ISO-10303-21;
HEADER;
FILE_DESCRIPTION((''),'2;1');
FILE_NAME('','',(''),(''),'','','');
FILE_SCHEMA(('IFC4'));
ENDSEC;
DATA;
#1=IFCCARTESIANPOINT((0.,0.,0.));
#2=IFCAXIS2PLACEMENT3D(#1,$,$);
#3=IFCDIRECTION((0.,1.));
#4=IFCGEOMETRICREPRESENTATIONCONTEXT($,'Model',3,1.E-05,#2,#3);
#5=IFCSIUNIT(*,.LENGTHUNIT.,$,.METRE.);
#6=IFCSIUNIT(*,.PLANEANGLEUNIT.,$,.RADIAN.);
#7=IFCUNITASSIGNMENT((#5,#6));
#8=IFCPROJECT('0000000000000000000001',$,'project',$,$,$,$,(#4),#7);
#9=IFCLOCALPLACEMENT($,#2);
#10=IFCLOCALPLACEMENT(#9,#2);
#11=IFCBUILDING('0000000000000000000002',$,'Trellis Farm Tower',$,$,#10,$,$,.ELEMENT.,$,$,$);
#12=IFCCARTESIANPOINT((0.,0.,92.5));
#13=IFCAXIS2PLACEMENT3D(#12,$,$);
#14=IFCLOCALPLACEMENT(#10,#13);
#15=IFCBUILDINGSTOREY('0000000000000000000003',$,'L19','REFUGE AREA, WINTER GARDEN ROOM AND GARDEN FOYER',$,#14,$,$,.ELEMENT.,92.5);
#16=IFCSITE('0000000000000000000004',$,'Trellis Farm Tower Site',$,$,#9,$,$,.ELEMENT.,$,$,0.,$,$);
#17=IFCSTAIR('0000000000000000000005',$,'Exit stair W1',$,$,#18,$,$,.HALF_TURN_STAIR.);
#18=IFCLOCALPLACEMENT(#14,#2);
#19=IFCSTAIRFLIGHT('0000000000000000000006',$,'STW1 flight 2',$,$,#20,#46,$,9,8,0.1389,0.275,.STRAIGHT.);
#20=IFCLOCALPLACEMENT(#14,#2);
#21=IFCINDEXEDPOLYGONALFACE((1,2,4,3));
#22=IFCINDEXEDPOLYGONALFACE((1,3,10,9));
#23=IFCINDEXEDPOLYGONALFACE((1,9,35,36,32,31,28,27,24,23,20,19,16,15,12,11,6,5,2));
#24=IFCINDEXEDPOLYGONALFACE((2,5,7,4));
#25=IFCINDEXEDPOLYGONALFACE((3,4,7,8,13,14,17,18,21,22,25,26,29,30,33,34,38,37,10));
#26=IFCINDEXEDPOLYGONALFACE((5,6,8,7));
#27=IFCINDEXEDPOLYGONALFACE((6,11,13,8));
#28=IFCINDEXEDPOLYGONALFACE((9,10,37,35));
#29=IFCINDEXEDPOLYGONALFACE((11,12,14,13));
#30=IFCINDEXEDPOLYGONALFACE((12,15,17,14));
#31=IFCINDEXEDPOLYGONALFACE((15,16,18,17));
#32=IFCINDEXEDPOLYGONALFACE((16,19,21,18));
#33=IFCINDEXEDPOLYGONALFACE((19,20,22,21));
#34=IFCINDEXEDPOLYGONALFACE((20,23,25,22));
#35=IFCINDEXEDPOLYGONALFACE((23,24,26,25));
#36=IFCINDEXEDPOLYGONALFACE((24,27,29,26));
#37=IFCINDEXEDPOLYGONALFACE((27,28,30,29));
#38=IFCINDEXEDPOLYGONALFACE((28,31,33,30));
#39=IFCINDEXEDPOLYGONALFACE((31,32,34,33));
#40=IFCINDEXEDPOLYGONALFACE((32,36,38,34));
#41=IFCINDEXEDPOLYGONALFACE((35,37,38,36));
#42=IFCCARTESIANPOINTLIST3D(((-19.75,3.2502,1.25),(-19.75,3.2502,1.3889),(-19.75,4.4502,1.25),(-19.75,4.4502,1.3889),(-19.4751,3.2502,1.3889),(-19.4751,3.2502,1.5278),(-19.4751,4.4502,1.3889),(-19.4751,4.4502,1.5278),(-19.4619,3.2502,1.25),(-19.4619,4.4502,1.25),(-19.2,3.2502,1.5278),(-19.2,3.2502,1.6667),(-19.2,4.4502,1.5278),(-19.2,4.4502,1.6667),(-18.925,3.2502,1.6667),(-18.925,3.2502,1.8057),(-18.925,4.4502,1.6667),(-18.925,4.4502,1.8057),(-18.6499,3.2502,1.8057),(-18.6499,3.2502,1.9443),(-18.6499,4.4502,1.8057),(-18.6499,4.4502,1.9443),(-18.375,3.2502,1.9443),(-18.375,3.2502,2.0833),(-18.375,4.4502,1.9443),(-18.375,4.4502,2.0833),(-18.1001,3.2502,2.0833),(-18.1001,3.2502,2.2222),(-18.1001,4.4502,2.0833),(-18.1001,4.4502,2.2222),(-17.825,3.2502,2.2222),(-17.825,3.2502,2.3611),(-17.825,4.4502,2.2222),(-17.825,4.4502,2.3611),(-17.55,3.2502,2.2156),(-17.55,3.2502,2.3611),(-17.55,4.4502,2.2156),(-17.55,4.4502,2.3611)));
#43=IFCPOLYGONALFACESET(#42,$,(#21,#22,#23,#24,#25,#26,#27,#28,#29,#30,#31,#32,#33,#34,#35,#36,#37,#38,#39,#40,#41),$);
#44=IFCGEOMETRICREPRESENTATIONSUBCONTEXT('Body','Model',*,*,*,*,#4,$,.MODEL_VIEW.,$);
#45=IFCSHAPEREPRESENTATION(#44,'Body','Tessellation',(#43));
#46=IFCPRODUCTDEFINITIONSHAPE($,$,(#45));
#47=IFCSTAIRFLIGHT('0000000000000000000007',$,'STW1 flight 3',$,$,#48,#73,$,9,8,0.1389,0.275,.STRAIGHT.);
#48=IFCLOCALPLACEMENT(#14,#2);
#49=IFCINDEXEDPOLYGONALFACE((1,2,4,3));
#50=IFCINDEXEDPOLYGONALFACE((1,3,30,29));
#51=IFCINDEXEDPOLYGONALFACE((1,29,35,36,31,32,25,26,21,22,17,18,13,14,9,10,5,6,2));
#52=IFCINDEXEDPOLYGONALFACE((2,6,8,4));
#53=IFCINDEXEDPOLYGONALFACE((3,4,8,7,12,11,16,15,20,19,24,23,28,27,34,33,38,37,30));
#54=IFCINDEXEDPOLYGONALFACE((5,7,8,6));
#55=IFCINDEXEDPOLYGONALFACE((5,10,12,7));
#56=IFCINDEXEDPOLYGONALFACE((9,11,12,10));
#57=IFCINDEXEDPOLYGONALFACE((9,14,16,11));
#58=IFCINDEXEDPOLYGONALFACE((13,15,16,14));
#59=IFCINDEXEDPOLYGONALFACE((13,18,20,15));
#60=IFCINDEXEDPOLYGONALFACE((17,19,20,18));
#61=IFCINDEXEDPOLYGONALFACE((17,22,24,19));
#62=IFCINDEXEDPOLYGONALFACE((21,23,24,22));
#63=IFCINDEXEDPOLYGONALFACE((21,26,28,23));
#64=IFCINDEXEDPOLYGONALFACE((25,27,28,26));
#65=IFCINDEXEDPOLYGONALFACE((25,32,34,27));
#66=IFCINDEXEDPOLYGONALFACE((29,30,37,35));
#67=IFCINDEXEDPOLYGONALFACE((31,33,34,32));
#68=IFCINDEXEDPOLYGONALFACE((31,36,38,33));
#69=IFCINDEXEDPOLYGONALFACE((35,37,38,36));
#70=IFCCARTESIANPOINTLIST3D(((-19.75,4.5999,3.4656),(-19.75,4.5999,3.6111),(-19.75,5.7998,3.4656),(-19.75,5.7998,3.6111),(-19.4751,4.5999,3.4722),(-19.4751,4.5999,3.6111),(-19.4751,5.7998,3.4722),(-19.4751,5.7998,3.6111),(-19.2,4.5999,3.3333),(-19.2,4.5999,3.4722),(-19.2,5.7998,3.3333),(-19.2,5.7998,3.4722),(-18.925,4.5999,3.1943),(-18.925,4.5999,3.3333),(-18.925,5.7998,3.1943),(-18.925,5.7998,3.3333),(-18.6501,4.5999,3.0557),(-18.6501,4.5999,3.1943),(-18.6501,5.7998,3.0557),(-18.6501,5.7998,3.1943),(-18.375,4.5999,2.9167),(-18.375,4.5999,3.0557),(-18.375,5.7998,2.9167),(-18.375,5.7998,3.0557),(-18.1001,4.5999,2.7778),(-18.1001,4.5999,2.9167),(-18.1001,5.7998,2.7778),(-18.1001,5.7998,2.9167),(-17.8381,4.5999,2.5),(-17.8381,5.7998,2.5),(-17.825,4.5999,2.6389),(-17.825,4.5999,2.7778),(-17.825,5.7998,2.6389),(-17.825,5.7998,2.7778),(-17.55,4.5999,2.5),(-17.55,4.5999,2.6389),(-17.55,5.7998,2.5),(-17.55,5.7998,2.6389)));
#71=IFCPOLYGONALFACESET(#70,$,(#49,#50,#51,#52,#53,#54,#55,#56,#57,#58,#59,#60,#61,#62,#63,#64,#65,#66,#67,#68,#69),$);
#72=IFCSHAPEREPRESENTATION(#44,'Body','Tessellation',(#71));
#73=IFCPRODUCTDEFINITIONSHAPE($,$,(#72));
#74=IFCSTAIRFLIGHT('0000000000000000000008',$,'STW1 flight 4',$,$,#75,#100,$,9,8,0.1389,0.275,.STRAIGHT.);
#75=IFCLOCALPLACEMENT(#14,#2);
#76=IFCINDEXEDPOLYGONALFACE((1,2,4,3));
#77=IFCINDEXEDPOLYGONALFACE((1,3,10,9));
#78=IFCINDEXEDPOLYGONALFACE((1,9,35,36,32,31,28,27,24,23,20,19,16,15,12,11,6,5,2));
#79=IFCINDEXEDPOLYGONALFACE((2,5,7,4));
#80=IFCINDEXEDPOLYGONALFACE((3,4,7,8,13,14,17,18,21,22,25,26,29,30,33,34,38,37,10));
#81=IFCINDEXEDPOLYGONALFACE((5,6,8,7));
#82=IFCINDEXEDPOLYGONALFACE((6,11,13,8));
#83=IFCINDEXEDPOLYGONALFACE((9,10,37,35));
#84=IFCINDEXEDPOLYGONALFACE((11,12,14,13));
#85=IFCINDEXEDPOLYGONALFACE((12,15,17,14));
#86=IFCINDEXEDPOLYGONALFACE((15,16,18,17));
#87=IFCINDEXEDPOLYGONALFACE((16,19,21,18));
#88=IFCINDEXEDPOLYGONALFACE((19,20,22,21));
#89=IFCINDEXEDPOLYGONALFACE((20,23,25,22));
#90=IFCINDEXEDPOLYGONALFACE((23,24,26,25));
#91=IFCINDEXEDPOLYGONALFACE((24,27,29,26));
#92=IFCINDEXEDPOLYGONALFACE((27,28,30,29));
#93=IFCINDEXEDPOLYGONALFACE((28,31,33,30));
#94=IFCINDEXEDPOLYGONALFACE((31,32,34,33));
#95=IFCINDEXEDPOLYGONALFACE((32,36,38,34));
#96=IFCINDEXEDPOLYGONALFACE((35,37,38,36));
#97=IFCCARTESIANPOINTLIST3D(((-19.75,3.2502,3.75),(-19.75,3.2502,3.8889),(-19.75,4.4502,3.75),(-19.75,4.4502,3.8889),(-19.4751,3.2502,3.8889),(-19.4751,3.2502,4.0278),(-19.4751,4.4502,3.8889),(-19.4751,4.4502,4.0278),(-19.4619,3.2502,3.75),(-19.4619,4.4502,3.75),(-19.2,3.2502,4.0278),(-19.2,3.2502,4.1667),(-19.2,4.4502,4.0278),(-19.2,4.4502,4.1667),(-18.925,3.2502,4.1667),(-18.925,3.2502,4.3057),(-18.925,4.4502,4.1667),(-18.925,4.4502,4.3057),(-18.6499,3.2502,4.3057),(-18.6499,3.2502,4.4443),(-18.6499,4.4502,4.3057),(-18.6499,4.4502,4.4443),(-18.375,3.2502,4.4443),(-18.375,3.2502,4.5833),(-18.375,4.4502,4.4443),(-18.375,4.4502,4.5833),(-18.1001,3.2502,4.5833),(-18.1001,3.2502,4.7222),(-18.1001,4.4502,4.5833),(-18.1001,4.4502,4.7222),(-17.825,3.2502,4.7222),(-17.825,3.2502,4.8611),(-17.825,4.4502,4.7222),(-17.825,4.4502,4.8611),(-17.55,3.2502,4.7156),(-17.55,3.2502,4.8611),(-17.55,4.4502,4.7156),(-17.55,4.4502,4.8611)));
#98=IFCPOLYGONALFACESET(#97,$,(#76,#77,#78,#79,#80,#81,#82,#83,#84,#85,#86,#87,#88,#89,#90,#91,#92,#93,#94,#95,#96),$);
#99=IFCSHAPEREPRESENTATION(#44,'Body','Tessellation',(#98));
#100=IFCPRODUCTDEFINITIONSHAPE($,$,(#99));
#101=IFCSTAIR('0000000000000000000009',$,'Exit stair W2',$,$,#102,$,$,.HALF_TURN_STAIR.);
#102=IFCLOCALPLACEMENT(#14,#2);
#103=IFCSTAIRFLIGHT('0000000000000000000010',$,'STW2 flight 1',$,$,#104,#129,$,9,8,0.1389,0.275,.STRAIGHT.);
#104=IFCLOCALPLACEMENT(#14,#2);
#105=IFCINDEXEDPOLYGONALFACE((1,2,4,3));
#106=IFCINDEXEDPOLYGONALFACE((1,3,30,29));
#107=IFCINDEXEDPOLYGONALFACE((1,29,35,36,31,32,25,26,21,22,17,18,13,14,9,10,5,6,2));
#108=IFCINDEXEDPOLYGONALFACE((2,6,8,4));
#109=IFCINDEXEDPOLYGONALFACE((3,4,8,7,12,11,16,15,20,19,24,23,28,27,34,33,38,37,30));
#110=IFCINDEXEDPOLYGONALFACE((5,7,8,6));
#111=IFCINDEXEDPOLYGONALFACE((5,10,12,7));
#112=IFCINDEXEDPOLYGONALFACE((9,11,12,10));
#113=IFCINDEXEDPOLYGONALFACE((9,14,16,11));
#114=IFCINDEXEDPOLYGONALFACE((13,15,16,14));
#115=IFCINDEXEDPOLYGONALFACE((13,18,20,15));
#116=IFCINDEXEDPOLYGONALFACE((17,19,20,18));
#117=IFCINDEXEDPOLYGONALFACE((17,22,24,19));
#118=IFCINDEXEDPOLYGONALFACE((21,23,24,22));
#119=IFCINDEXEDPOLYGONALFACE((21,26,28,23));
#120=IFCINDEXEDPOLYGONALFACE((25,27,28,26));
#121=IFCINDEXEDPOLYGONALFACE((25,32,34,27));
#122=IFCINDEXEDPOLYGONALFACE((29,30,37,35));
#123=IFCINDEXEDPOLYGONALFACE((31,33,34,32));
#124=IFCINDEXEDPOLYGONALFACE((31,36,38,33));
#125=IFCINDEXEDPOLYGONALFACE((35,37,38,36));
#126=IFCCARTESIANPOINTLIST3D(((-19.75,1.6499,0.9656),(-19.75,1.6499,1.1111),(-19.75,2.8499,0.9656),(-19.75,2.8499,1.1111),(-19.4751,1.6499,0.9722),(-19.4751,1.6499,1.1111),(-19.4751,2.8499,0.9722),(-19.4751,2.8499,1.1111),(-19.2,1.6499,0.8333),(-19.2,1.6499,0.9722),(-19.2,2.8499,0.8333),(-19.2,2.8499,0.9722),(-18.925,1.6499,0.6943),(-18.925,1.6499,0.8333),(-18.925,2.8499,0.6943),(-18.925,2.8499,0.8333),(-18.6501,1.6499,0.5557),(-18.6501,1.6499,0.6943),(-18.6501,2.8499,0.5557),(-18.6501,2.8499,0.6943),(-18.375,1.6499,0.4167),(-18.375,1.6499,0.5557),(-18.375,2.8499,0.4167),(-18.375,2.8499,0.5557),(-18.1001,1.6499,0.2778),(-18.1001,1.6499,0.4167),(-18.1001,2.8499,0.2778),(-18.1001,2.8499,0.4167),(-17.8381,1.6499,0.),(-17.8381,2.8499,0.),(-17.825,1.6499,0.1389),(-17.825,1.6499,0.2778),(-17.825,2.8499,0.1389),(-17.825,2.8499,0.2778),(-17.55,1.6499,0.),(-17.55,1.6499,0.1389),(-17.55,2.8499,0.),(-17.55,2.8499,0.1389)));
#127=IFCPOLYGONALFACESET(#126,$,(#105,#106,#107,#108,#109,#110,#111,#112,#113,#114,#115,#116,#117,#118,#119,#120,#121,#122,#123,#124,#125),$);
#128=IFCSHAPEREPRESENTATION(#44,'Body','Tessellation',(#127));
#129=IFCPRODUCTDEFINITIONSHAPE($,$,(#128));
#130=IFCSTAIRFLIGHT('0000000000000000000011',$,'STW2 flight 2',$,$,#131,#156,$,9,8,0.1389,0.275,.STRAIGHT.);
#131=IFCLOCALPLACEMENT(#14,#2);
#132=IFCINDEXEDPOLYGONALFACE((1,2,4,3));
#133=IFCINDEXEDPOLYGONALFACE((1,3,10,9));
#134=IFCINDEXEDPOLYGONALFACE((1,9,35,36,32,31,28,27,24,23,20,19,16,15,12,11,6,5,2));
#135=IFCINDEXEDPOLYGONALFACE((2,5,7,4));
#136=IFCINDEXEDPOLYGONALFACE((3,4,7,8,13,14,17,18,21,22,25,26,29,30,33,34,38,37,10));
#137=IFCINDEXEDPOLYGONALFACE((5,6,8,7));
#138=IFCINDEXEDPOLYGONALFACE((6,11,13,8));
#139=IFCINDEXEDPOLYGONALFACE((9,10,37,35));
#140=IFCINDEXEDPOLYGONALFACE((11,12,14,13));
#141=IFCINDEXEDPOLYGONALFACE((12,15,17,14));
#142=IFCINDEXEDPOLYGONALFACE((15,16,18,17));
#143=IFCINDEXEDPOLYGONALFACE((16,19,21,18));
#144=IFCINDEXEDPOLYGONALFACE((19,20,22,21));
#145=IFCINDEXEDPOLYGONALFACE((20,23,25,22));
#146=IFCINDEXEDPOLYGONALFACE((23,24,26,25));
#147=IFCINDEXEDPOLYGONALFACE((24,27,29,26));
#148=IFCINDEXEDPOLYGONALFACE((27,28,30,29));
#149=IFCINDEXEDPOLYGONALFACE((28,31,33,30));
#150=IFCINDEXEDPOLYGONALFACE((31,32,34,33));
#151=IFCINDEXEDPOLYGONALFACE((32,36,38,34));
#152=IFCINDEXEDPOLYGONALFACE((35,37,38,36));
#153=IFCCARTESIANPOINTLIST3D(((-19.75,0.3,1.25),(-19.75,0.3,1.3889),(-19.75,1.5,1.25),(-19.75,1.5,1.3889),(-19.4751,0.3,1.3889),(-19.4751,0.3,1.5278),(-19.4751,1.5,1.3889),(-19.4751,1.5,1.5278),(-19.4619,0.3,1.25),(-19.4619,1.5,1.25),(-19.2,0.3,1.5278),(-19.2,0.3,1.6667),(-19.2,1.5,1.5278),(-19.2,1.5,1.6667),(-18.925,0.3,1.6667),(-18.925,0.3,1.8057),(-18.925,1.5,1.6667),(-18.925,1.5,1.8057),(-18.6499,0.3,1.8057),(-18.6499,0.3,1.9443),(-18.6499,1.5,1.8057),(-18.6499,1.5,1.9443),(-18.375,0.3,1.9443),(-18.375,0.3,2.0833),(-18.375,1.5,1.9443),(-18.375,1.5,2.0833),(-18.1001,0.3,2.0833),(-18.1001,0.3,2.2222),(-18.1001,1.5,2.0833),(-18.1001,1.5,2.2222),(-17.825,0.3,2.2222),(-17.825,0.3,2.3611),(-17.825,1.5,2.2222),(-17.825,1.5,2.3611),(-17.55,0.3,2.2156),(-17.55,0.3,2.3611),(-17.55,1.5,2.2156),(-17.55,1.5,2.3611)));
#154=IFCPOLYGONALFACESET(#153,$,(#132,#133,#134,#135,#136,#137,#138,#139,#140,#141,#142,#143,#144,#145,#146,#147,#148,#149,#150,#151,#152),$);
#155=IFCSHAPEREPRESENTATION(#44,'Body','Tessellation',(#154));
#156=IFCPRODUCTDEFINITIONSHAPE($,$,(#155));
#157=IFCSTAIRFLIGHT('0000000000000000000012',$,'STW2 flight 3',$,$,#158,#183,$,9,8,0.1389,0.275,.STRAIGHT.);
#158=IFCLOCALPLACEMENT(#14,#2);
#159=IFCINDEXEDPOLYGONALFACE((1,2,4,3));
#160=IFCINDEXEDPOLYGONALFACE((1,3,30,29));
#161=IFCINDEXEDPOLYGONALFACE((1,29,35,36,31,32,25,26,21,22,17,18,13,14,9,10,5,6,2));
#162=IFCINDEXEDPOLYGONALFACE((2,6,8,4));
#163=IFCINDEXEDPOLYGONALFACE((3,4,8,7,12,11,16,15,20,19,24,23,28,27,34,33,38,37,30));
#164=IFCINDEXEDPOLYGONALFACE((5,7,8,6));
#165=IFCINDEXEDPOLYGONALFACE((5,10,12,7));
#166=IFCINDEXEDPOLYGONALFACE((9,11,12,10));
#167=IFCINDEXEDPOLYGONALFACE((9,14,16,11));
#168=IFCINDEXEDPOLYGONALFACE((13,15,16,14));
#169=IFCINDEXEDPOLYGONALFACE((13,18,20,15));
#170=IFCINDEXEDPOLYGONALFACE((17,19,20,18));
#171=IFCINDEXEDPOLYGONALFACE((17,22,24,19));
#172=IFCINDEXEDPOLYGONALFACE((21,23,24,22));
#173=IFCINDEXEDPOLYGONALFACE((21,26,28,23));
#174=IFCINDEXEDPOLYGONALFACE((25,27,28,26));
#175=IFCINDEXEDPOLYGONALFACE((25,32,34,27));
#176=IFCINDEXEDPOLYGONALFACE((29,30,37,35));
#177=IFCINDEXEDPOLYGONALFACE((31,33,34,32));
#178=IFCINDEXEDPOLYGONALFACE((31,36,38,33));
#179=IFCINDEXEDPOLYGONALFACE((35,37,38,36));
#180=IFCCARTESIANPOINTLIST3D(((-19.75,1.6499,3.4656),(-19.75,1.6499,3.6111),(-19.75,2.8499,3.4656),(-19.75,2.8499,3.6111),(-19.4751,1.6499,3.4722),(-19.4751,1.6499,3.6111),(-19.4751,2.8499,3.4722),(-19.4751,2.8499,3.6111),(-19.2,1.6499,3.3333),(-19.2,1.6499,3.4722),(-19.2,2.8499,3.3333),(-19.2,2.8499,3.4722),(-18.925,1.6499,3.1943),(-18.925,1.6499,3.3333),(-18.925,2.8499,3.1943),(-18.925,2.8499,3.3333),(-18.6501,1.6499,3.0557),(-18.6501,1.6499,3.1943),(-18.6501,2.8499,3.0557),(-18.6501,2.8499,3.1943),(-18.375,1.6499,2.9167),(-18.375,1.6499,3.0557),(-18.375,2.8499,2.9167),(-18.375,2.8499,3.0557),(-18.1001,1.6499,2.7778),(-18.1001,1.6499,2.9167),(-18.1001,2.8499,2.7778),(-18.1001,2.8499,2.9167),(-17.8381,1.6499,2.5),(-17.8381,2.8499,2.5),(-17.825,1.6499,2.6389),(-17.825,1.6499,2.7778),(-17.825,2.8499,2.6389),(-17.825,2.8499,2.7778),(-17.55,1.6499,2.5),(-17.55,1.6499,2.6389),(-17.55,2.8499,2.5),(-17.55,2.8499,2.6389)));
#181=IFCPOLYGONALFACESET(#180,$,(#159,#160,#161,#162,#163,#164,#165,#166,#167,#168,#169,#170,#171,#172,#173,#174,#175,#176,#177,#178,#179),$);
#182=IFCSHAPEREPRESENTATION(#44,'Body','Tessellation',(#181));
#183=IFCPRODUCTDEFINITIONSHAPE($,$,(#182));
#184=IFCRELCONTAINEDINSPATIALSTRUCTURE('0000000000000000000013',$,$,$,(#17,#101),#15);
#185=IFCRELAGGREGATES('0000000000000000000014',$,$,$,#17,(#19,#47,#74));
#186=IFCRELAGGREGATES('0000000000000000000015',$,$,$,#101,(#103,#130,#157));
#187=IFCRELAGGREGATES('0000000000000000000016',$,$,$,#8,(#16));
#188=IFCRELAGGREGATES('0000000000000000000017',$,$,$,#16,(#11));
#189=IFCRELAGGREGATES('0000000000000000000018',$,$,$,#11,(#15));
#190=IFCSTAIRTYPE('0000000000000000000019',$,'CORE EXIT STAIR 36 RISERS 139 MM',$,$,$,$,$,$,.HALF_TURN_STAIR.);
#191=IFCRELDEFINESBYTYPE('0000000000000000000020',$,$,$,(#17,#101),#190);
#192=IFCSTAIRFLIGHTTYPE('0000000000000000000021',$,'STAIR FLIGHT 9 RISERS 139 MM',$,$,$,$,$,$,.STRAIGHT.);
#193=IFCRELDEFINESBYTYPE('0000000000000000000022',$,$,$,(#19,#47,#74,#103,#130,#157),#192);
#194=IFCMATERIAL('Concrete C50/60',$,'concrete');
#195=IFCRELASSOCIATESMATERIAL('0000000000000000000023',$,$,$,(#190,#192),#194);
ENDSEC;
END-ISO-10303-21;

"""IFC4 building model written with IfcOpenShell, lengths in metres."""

from ifc_helpers import new_model, si_unit, direction, frame, origin, place, context, subcontext, project, spatial, polyline, outline, extrude, source, transform, mapped, material, type_object, element, aggregate, save


model = new_model("IFC4")

# Units and contexts
model_context = context("Model", 3, precision=1e-05, world=origin(), true_north=direction((0.0, 1.0)))
body_context = subcontext(model_context, "Body", "Model", "MODEL_VIEW")
ifc_project = project(units=[si_unit("LENGTHUNIT", "METRE"), si_unit("PLANEANGLEUNIT", "RADIAN")], contexts=[model_context])

# Site, building, storey
site_placement = place(None, origin())
site = spatial("IfcSite", under=ifc_project, at=site_placement, Name="Trellis Farm Tower Site", CompositionType="ELEMENT", RefElevation=0.0)
building_placement = place(site_placement, origin())
building = spatial("IfcBuilding", under=site, at=building_placement, Name="Trellis Farm Tower", CompositionType="ELEMENT")
storey_placement = place(building_placement, frame((0.0, 0.0, 92.5)))
storey = spatial("IfcBuildingStorey", under=building, at=storey_placement, Name="L19", Description="REFUGE AREA, WINTER GARDEN ROOM AND GARDEN FOYER", CompositionType="ELEMENT", Elevation=92.5)

# Shared definitions
placement = place(storey_placement, origin())

# Stairs, stair flights
ifc_material_1 = material(Name="Concrete C50/60", Category="concrete")
stair_type = type_object("IfcStairType", Name="CORE EXIT STAIR 36 RISERS 139 MM", PredefinedType="HALF_TURN_STAIR", material=ifc_material_1)
stair_1 = element("IfcStair", 1, at=placement, inside=storey, type_object=stair_type, Name="Exit stair W1", PredefinedType="HALF_TURN_STAIR")
stair_flight_type = type_object("IfcStairFlightType", Name="STAIR FLIGHT 9 RISERS 139 MM", PredefinedType="STRAIGHT", material=ifc_material_1)
shared_shape_1 = source(origin(), body_context, "Body", "SweptSolid", [
    extrude(outline(polyline([(0.0, 0.0), (0.0, 0.1389), (0.2749, 0.1389), (0.2749, 0.2778), (0.55, 0.2778), (0.55, 0.4167), (0.825, 0.4167), (0.825, 0.5557), (1.1001, 0.5557), (1.1001, 0.6943), (1.375, 0.6943), (1.375, 0.8333), (1.6499, 0.8333), (1.6499, 0.9722), (1.925, 0.9722), (1.925, 1.1111), (2.2, 1.1111), (2.2, 1.25), (2.2, 0.9656), (0.2881, 0.0), (0.0, 0.0)])), frame((0.0, 0.6001, 0.0), z_axis=(0.0, -1.0, 0.0), x_axis=(1.0, 0.0, 0.0)), (0.0, 0.0, 1.0), 1.2),
])
stair_flight_1_placement = place(storey_placement, frame((-19.75, 3.8501, 1.25), z_axis=(0.0, 0.0, 1.0), x_axis=(1.0, 0.0, 0.0)))
stair_flight_1 = element("IfcStairFlight", 2, at=stair_flight_1_placement, type_object=stair_flight_type, Name="STW1 flight 2", NumberOfRisers=9, NumberOfTreads=8, PredefinedType="STRAIGHT", RiserHeight=0.1389, TreadLength=0.275, context=body_context, shape_type="MappedRepresentation", body=[
    mapped(shared_shape_1, transform((0.0, 0.0, 0.0))),
])
stair_flight_2_placement = place(storey_placement, frame((-17.55, 5.2, 2.5), z_axis=(0.0, 0.0, 1.0), x_axis=(-1.0, 0.0, 0.0)))
stair_flight_2 = element("IfcStairFlight", 3, at=stair_flight_2_placement, type_object=stair_flight_type, Name="STW1 flight 3", NumberOfRisers=9, NumberOfTreads=8, PredefinedType="STRAIGHT", RiserHeight=0.1389, TreadLength=0.275, context=body_context, shape_type="MappedRepresentation", body=[
    mapped(shared_shape_1, transform((0.0, 0.0, 0.0))),
])
stair_flight_3_placement = place(storey_placement, frame((-19.75, 3.8501, 3.75), z_axis=(0.0, 0.0, 1.0), x_axis=(1.0, 0.0, 0.0)))
stair_flight_3 = element("IfcStairFlight", 4, at=stair_flight_3_placement, type_object=stair_flight_type, Name="STW1 flight 4", NumberOfRisers=9, NumberOfTreads=8, PredefinedType="STRAIGHT", RiserHeight=0.1389, TreadLength=0.275, context=body_context, shape_type="MappedRepresentation", body=[
    mapped(shared_shape_1, transform((0.0, 0.0, 0.0))),
])
aggregate(stair_1, [stair_flight_1, stair_flight_2, stair_flight_3])
stair_2 = element("IfcStair", 5, at=placement, inside=storey, type_object=stair_type, Name="Exit stair W2", PredefinedType="HALF_TURN_STAIR")
stair_flight_4_placement = place(storey_placement, frame((-17.55, 2.25, 0.0), z_axis=(0.0, 0.0, 1.0), x_axis=(-1.0, 0.0, 0.0)))
stair_flight_4 = element("IfcStairFlight", 6, at=stair_flight_4_placement, type_object=stair_flight_type, Name="STW2 flight 1", NumberOfRisers=9, NumberOfTreads=8, PredefinedType="STRAIGHT", RiserHeight=0.1389, TreadLength=0.275, context=body_context, shape_type="MappedRepresentation", body=[
    mapped(shared_shape_1, transform((0.0, 0.0, 0.0))),
])
stair_flight_5_placement = place(storey_placement, frame((-19.75, 0.8999, 1.25), z_axis=(0.0, 0.0, 1.0), x_axis=(1.0, 0.0, 0.0)))
stair_flight_5 = element("IfcStairFlight", 7, at=stair_flight_5_placement, type_object=stair_flight_type, Name="STW2 flight 2", NumberOfRisers=9, NumberOfTreads=8, PredefinedType="STRAIGHT", RiserHeight=0.1389, TreadLength=0.275, context=body_context, shape_type="MappedRepresentation", body=[
    mapped(shared_shape_1, transform((0.0, 0.0, 0.0))),
])
stair_flight_6_placement = place(storey_placement, frame((-17.55, 2.25, 2.5), z_axis=(0.0, 0.0, 1.0), x_axis=(-1.0, 0.0, 0.0)))
stair_flight_6 = element("IfcStairFlight", 8, at=stair_flight_6_placement, type_object=stair_flight_type, Name="STW2 flight 3", NumberOfRisers=9, NumberOfTreads=8, PredefinedType="STRAIGHT", RiserHeight=0.1389, TreadLength=0.275, context=body_context, shape_type="MappedRepresentation", body=[
    mapped(shared_shape_1, transform((0.0, 0.0, 0.0))),
])
aggregate(stair_2, [stair_flight_4, stair_flight_5, stair_flight_6])

save(model, "model.ifc")
